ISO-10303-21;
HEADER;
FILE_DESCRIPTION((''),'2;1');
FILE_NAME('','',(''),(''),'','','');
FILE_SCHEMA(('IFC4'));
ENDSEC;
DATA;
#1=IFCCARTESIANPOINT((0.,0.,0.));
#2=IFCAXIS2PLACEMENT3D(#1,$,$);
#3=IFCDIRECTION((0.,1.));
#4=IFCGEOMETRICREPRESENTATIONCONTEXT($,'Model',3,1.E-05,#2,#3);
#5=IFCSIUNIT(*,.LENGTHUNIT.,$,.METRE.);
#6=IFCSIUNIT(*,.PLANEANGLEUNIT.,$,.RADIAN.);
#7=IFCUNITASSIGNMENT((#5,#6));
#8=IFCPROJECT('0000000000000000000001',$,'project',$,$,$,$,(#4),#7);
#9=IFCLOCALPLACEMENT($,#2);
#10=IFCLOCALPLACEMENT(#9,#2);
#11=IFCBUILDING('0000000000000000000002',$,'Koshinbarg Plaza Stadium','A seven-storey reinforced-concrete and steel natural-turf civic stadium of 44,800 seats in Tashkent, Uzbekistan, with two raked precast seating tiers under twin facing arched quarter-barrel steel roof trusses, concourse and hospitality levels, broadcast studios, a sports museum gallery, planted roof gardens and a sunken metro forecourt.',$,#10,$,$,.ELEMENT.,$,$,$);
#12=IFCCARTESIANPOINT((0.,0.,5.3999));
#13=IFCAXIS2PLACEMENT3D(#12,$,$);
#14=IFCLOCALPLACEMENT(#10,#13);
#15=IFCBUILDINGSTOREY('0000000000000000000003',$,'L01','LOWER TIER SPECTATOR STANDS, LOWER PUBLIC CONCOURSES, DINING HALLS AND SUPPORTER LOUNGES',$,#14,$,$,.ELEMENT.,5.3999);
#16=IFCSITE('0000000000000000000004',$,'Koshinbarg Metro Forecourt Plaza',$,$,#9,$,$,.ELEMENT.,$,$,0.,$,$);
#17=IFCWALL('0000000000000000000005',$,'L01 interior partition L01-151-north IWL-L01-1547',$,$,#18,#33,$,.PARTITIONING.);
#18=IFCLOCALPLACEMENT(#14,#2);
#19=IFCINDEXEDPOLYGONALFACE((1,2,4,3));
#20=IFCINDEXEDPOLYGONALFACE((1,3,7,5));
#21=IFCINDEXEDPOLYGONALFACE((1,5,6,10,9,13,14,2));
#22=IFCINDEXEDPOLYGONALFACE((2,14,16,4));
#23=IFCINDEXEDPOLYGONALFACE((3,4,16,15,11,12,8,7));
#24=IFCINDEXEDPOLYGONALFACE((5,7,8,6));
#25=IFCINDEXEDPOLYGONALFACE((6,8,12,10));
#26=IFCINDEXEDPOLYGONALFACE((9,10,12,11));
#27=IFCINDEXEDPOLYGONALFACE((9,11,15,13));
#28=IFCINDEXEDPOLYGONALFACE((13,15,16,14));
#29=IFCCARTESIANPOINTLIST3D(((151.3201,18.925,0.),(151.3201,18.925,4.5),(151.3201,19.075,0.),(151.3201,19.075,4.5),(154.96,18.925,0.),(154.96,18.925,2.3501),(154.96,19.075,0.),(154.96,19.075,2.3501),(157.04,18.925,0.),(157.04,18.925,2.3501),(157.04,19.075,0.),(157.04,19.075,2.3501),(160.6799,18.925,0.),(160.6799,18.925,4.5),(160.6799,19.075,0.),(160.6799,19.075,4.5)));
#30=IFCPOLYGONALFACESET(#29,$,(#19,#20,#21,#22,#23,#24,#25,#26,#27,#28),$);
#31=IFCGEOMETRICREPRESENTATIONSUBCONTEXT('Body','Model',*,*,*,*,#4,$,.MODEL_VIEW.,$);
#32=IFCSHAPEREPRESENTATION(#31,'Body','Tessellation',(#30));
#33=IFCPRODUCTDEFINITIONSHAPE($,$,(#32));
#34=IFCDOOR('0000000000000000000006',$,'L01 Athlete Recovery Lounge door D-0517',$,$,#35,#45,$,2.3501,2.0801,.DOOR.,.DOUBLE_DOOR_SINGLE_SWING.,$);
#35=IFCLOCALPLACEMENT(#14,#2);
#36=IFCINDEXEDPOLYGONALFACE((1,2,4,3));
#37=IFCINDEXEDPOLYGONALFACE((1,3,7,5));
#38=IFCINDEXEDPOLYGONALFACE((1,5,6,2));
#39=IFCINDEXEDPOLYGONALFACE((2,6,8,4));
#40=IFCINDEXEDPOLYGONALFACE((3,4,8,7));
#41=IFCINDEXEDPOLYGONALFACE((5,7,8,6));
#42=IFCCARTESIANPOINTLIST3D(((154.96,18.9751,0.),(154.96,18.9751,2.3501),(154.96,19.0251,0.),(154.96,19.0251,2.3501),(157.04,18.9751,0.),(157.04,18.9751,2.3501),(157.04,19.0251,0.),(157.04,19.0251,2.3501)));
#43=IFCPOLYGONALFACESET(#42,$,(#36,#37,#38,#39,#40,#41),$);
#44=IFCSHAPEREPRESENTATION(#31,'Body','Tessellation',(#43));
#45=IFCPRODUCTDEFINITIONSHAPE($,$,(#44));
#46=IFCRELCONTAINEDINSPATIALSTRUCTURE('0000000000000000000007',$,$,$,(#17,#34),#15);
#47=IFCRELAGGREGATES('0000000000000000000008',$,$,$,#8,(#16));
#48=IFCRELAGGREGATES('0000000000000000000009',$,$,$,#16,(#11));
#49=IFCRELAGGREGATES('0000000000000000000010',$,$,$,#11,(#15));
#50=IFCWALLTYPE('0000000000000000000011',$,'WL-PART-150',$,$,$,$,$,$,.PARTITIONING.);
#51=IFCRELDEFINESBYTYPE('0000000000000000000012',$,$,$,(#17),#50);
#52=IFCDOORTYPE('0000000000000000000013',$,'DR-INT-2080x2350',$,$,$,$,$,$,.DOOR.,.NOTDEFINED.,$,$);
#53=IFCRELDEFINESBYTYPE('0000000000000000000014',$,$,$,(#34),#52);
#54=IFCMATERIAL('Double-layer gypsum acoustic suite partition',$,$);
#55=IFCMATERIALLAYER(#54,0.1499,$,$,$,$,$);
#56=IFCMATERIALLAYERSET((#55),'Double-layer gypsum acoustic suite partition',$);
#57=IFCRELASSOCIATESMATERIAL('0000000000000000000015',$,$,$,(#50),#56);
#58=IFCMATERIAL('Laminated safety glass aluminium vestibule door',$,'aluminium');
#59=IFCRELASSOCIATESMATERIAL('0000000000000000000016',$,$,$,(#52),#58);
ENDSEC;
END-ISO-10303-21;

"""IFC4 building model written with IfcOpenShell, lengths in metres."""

from ifc_helpers import new_model, si_unit, direction, frame, frame_2d, origin, place, context, subcontext, project, spatial, rectangle, extrude, material, layer, layer_set, type_object, element, fill, save


model = new_model("IFC4")

# Units and contexts
model_context = context("Model", 3, precision=1e-05, world=origin(), true_north=direction((0.0, 1.0)))
body_context = subcontext(model_context, "Body", "Model", "MODEL_VIEW")
ifc_project = project(units=[si_unit("LENGTHUNIT", "METRE"), si_unit("PLANEANGLEUNIT", "RADIAN")], contexts=[model_context])

# Site, building, storey
site_placement = place(None, origin())
site = spatial("IfcSite", under=ifc_project, at=site_placement, Name="Koshinbarg Metro Forecourt Plaza", CompositionType="ELEMENT", RefElevation=0.0)
building_placement = place(site_placement, origin())
building = spatial("IfcBuilding", under=site, at=building_placement, Name="Koshinbarg Plaza Stadium", Description="A seven-storey reinforced-concrete and steel natural-turf civic stadium of 44,800 seats in Tashkent, Uzbekistan, with two raked precast seating tiers under twin facing arched quarter-barrel steel roof trusses, concourse and hospitality levels, broadcast studios, a sports museum gallery, planted roof gardens and a sunken metro forecourt.", CompositionType="ELEMENT")
storey_placement = place(building_placement, frame((0.0, 0.0, 5.3999)))
storey = spatial("IfcBuildingStorey", under=building, at=storey_placement, Name="L01", Description="LOWER TIER SPECTATOR STANDS, LOWER PUBLIC CONCOURSES, DINING HALLS AND SUPPORTER LOUNGES", CompositionType="ELEMENT", Elevation=5.3999)

# Shared definitions
ifc_material_1 = material(Name="Double-layer gypsum acoustic suite partition")
ifc_layer_1 = layer(ifc_material_1, 0.1499)
ifc_layer_set_1 = layer_set([ifc_layer_1], Name="Double-layer gypsum acoustic suite partition")
wall_type_1 = type_object("IfcWallType", Name="WL-PART-150", PredefinedType="PARTITIONING", material=ifc_layer_set_1)

# Wall, opening, door
wall_1_placement = place(storey_placement, frame((160.6799, 19.0, 0.0), z_axis=(0.0, 0.0, 1.0), x_axis=(-1.0, 0.0, 0.0)))
wall_1 = element("IfcWall", 1, at=wall_1_placement, inside=storey, type_object=wall_type_1, Name="L01 interior partition L01-151-north IWL-L01-1547", PredefinedType="PARTITIONING", context=body_context, shape_type="SweptSolid", body=[
    extrude(rectangle(XDim=9.3599, YDim=0.1499, at=frame_2d((4.6799, 0.0))), origin(), (0.0, 0.0, 1.0), 4.5),
])
opening_1_placement = place(wall_1_placement, frame((3.6399, 0.0, 0.0)))
opening_1 = element("IfcOpeningElement", 2, at=opening_1_placement, cuts=wall_1, PredefinedType="OPENING", context=body_context, shape_type="SweptSolid", body=[
    extrude(rectangle(XDim=2.0801, YDim=2.3501, at=frame_2d((1.04, 1.175))), frame((0.0, 0.085, 0.0), z_axis=(0.0, -1.0, 0.0), x_axis=(1.0, 0.0, 0.0)), (0.0, 0.0, 1.0), 0.1699),
])
ifc_material_2 = material(Name="Laminated safety glass aluminium vestibule door", Category="aluminium")
door_type_1 = type_object("IfcDoorType", Name="DR-INT-2080x2350", OperationType="NOTDEFINED", PredefinedType="DOOR", material=ifc_material_2)
door_1_placement = place(opening_1_placement, origin())
door_1 = element("IfcDoor", 3, at=door_1_placement, inside=storey, type_object=door_type_1, Name="L01 Athlete Recovery Lounge door D-0517", OperationType="DOUBLE_DOOR_SINGLE_SWING", OverallHeight=2.3501, OverallWidth=2.0801, PredefinedType="DOOR", context=body_context, shape_type="SweptSolid", body=[
    extrude(rectangle(XDim=2.0801, YDim=2.3501, at=frame_2d((1.04, 1.175))), frame((0.0, 0.0249, 0.0), z_axis=(0.0, -1.0, 0.0), x_axis=(1.0, 0.0, 0.0)), (0.0, 0.0, 1.0), 0.05),
])
fill(opening_1, door_1)

save(model, "model.ifc")
